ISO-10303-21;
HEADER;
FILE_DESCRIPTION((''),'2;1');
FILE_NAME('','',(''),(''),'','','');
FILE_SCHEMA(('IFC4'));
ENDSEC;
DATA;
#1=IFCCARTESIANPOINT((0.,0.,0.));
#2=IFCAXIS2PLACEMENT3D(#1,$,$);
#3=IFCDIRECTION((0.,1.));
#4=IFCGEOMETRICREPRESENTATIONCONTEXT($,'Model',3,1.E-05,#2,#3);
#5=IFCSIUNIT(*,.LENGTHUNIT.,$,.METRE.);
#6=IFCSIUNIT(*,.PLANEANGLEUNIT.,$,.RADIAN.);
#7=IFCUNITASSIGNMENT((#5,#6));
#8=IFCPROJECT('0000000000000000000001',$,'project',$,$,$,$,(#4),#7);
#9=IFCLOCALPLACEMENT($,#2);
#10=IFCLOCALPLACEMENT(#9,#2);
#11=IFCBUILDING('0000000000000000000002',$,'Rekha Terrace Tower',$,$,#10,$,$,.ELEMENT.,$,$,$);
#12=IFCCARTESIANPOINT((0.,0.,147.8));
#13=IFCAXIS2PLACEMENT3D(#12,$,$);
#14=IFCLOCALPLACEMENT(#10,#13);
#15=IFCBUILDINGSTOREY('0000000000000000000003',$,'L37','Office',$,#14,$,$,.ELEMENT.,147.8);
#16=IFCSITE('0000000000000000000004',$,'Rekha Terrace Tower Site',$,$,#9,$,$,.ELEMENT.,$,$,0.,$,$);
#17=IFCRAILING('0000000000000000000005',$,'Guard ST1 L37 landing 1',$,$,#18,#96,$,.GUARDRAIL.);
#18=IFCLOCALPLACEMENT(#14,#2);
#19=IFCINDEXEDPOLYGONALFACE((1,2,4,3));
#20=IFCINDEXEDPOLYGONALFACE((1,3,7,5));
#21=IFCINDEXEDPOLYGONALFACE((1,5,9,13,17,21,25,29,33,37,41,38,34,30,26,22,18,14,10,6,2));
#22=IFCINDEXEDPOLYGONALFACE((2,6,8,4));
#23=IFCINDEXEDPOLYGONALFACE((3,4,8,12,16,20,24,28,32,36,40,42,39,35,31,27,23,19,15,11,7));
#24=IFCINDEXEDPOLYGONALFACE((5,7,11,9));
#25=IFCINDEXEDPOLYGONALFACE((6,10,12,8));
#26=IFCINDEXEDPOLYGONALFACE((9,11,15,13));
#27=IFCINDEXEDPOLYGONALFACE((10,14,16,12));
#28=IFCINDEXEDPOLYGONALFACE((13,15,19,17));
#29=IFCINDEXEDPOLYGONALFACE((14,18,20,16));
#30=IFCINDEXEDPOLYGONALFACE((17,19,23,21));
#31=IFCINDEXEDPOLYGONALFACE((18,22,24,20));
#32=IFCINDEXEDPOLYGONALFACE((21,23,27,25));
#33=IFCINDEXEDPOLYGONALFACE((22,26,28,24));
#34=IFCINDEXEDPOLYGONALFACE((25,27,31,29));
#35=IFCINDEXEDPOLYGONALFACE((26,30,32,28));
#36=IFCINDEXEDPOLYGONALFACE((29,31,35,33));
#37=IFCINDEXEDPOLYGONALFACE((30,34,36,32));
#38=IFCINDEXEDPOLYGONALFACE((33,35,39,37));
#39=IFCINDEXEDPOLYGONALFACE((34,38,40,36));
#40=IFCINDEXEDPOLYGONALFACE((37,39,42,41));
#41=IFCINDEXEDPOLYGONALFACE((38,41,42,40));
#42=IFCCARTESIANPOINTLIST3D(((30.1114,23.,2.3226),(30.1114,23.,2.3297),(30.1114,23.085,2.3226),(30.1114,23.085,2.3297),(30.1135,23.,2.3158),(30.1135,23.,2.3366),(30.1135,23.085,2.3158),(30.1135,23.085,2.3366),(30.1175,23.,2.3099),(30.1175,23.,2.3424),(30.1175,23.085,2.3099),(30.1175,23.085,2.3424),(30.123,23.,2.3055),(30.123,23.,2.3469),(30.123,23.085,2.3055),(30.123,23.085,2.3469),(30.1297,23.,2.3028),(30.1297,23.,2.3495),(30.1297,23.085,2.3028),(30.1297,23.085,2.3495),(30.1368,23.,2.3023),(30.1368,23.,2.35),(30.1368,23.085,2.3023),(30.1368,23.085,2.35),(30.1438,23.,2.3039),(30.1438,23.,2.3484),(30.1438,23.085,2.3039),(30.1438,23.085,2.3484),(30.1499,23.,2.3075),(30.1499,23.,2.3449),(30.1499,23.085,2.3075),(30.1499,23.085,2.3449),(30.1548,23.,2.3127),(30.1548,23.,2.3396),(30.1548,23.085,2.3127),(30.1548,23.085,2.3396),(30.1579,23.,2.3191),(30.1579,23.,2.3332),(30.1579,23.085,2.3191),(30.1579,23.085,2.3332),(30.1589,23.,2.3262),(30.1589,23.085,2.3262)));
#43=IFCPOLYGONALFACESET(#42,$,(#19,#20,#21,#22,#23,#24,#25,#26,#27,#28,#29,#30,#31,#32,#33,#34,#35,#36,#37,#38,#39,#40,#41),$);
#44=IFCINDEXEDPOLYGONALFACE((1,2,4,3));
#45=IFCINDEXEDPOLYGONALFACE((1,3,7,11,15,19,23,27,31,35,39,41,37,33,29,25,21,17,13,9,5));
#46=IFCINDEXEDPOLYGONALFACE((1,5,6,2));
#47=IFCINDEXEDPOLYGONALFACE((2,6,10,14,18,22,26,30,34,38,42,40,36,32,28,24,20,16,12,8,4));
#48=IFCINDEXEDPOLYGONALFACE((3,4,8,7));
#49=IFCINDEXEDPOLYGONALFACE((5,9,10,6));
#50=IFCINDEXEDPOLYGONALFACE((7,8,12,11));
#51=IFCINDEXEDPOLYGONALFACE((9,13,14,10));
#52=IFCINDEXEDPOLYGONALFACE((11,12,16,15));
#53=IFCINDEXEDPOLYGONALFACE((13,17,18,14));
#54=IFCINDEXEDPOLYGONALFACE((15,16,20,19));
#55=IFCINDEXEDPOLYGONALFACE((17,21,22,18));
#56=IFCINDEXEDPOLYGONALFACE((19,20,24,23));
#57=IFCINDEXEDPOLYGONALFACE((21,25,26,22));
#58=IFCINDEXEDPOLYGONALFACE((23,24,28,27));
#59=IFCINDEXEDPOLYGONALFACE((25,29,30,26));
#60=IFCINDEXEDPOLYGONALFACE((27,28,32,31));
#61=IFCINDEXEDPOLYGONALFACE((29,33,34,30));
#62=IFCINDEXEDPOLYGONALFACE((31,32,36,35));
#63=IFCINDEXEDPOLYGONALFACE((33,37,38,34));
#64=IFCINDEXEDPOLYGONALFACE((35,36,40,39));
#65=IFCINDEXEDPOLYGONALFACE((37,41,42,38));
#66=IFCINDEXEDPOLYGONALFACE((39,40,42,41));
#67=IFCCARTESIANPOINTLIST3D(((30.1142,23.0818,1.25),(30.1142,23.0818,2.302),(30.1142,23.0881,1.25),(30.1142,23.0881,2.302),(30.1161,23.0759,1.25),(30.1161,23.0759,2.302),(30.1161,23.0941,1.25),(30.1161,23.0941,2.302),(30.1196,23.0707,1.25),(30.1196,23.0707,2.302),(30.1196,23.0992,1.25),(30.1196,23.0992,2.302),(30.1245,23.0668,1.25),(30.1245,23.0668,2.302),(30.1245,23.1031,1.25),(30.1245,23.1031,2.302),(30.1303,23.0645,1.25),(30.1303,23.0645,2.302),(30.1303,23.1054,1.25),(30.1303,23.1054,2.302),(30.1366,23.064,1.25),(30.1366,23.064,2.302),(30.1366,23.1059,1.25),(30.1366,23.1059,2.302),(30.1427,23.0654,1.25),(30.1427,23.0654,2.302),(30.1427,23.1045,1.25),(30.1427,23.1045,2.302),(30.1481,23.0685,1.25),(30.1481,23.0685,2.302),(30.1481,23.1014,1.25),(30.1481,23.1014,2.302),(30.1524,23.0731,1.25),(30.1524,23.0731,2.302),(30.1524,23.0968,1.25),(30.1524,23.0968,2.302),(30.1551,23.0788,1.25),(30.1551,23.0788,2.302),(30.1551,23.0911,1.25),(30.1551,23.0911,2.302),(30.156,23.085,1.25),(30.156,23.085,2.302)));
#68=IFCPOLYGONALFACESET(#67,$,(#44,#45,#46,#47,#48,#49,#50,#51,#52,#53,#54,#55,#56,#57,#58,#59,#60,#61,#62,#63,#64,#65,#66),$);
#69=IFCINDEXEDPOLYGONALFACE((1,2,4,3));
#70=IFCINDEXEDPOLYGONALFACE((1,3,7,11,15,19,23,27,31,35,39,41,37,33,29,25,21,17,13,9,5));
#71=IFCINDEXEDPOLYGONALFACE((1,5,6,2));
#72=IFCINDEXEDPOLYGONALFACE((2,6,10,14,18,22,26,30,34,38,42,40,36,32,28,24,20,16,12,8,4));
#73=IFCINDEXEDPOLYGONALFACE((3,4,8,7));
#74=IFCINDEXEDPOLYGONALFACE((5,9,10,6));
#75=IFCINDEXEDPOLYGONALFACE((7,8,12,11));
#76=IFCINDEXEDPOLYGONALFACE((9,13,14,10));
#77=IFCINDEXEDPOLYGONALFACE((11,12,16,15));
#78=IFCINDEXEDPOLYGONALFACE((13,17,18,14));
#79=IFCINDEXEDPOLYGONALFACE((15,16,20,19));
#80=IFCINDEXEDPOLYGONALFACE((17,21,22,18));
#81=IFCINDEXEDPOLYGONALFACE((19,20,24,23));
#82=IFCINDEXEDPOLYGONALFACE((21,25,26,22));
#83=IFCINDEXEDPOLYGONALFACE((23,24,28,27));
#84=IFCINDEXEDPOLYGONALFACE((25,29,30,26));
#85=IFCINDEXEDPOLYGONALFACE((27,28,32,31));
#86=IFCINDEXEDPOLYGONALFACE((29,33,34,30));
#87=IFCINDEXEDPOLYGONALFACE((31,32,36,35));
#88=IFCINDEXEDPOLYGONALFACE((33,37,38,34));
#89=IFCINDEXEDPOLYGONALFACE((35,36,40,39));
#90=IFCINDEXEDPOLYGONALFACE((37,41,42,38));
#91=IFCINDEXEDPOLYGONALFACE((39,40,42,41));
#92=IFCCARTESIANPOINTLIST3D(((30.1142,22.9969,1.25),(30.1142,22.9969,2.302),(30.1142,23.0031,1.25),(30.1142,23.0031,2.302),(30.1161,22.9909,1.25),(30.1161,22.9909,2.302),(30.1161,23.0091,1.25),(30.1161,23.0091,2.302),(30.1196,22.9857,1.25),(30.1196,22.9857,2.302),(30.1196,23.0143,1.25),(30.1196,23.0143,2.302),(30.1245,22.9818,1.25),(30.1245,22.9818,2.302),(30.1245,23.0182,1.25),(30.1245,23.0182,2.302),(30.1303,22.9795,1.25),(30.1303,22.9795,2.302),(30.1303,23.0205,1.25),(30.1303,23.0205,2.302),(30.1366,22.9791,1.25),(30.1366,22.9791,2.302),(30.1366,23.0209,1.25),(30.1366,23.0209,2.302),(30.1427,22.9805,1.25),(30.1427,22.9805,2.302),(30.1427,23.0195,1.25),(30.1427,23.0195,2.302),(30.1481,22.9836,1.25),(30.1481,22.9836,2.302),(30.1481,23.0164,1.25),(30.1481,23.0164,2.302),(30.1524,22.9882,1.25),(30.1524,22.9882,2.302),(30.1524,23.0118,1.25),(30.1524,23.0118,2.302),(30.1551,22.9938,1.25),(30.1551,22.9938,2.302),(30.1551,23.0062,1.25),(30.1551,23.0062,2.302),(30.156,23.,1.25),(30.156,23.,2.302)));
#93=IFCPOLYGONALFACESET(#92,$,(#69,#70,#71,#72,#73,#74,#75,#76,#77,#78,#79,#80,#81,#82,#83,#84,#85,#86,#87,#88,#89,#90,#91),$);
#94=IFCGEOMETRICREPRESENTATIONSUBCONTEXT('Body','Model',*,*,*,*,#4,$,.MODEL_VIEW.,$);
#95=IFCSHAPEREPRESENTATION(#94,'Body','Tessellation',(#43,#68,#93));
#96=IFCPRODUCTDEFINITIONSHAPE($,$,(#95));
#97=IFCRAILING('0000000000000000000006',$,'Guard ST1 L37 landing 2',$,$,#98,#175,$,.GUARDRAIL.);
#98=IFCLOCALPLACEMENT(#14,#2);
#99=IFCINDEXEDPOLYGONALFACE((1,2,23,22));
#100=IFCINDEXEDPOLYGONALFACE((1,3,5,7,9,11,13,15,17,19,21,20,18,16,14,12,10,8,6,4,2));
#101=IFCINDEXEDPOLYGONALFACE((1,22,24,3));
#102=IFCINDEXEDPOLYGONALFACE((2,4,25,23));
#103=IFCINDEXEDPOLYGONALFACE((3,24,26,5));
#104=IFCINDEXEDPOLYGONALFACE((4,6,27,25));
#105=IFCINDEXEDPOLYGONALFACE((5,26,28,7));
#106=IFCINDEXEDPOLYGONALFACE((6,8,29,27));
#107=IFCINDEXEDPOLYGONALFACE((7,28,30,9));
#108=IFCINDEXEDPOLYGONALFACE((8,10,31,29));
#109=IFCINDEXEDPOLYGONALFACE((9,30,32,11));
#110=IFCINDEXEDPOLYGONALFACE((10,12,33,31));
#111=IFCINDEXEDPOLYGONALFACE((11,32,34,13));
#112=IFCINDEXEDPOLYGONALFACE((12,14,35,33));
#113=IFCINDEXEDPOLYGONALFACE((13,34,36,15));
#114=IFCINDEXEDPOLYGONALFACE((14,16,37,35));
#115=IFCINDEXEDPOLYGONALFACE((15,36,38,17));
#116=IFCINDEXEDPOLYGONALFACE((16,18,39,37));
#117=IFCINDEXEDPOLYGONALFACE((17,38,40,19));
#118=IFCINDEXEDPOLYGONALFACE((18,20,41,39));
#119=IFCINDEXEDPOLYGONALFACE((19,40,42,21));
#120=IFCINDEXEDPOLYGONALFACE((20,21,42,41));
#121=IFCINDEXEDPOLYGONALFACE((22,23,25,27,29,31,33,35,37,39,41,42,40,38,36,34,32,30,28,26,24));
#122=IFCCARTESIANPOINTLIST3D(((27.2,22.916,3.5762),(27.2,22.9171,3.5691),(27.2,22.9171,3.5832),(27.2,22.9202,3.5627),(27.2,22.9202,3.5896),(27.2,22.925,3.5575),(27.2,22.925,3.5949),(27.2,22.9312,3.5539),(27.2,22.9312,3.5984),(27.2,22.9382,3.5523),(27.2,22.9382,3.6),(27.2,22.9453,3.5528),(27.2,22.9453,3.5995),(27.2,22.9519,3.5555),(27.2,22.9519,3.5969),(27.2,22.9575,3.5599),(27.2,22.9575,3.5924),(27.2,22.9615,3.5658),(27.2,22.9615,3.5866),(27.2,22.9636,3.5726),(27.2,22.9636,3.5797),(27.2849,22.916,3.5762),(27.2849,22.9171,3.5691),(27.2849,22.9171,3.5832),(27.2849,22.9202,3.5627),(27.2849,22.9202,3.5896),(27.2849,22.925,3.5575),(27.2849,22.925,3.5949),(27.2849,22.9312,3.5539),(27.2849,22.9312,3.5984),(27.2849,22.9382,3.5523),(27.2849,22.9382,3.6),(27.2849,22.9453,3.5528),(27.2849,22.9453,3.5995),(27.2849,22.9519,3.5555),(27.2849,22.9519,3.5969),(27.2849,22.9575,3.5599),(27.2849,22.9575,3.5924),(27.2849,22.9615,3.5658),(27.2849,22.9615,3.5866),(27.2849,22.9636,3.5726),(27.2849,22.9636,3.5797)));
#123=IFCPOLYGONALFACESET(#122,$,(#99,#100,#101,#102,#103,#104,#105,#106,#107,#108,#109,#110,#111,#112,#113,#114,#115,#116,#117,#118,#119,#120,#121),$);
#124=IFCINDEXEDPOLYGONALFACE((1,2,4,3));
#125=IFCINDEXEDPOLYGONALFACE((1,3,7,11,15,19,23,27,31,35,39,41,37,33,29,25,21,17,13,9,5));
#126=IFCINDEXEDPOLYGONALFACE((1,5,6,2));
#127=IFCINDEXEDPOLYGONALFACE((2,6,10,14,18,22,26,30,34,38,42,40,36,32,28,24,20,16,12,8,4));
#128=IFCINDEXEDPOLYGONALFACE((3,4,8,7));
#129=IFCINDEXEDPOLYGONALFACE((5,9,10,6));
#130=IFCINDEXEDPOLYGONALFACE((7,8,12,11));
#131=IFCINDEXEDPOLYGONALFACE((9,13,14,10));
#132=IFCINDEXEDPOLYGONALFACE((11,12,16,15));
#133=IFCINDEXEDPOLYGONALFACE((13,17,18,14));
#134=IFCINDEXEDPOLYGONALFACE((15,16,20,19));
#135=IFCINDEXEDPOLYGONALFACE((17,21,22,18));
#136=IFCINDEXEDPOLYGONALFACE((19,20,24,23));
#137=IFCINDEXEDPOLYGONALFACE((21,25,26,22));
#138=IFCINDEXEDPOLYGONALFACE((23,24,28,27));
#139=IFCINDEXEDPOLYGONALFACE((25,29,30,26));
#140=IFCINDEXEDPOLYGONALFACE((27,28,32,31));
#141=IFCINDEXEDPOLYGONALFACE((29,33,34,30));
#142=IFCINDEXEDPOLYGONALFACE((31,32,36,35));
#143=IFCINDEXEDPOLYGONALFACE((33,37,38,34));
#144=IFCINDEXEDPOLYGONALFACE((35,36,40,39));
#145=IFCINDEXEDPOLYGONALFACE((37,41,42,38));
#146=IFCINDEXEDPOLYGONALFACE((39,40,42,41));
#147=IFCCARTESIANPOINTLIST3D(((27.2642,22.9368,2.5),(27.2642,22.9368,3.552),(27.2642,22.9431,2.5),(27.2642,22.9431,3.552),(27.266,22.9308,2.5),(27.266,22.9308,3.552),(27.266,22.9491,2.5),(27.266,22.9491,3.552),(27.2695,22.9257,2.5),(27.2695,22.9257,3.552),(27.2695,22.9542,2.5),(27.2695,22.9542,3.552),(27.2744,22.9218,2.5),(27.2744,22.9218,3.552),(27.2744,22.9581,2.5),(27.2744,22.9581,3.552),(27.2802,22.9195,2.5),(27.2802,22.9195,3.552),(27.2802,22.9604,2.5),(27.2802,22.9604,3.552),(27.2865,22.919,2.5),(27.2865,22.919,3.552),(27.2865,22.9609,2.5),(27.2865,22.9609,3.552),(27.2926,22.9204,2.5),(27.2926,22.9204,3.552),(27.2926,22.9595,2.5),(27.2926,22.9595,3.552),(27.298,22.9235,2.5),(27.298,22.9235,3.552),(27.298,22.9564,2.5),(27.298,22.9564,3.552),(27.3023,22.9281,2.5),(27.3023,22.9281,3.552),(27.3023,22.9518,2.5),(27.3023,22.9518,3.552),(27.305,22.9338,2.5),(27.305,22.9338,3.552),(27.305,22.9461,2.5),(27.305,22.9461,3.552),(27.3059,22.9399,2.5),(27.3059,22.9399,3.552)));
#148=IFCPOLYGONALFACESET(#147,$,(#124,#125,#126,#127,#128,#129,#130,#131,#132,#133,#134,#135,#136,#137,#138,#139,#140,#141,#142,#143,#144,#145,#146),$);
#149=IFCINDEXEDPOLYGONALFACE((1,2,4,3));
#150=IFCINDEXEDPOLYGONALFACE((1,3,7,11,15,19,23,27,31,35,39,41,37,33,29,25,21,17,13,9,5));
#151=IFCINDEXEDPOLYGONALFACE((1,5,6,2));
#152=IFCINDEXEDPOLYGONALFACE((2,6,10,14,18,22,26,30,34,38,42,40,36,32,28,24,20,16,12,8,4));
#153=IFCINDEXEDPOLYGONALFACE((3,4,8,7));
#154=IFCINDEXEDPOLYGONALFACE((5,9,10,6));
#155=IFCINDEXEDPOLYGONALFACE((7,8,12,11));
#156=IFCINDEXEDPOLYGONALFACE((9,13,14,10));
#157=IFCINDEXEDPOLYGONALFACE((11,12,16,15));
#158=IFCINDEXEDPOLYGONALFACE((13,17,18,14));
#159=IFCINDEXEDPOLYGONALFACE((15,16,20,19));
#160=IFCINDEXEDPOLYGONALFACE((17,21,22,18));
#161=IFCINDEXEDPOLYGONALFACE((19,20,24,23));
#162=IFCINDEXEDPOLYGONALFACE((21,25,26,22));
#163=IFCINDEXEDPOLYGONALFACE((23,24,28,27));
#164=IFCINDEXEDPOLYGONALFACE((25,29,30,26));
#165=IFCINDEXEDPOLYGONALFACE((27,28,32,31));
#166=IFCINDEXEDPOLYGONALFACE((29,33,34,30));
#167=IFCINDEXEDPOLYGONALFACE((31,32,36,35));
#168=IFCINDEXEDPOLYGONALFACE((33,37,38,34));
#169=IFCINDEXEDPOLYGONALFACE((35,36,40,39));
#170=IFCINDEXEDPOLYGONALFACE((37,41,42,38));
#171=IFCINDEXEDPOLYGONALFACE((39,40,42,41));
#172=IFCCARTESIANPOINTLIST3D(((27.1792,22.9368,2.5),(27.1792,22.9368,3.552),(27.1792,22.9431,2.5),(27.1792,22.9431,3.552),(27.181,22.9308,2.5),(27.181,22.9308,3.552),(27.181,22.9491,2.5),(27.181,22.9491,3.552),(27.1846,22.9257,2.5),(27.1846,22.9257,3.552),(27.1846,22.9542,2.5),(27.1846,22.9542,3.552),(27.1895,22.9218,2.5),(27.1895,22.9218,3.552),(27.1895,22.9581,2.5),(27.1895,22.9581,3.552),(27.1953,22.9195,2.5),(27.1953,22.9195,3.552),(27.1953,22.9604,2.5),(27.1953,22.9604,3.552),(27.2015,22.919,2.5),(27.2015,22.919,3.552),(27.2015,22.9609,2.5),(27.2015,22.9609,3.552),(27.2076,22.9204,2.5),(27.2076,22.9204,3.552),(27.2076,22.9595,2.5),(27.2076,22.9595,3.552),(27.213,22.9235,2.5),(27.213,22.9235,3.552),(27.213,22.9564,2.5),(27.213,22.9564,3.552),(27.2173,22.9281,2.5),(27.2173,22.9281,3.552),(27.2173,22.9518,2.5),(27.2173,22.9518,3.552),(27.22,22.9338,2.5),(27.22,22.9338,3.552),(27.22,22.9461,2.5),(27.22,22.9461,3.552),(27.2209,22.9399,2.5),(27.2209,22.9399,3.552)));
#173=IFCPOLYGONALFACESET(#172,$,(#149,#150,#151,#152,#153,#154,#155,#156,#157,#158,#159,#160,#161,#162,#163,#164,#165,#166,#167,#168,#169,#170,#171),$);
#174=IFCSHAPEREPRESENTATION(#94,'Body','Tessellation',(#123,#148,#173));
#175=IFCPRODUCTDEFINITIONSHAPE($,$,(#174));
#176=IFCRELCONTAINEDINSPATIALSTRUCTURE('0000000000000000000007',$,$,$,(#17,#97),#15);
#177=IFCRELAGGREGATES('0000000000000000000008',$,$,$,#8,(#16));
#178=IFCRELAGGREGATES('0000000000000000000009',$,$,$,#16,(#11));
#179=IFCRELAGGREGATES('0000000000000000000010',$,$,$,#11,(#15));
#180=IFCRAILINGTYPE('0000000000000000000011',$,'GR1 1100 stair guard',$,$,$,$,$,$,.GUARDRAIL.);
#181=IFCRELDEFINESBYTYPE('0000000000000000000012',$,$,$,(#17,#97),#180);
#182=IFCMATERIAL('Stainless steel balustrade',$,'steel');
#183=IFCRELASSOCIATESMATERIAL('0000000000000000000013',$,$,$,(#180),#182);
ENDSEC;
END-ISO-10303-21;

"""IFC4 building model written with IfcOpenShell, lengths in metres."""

from ifc_helpers import new_model, si_unit, direction, frame, origin, origin_2d, place, context, subcontext, project, spatial, circle, extrude, material, type_object, element, save


model = new_model("IFC4")

# Units and contexts
model_context = context("Model", 3, precision=1e-05, world=origin(), true_north=direction((0.0, 1.0)))
body_context = subcontext(model_context, "Body", "Model", "MODEL_VIEW")
ifc_project = project(units=[si_unit("LENGTHUNIT", "METRE"), si_unit("PLANEANGLEUNIT", "RADIAN")], contexts=[model_context])

# Site, building, storey
site_placement = place(None, origin())
site = spatial("IfcSite", under=ifc_project, at=site_placement, Name="Rekha Terrace Tower Site", CompositionType="ELEMENT", RefElevation=0.0)
building_placement = place(site_placement, origin())
building = spatial("IfcBuilding", under=site, at=building_placement, Name="Rekha Terrace Tower", CompositionType="ELEMENT")
storey_placement = place(building_placement, frame((0.0, 0.0, 147.8)))
storey = spatial("IfcBuildingStorey", under=building, at=storey_placement, Name="L37", Description="Office", CompositionType="ELEMENT", Elevation=147.8)

# Railings
ifc_material_1 = material(Name="Stainless steel balustrade", Category="steel")
railing_type_1 = type_object("IfcRailingType", Name="GR1 1100 stair guard", PredefinedType="GUARDRAIL", material=ifc_material_1)
railing_1_placement = place(storey_placement, frame((30.135, 23.085, 1.25)))
element("IfcRailing", 1, at=railing_1_placement, inside=storey, type_object=railing_type_1, Name="Guard ST1 L37 landing 1", PredefinedType="GUARDRAIL", context=body_context, shape_type="SweptSolid", body=[
    extrude(circle(Radius=0.0239, at=origin_2d()), frame((0.0, 0.0, 1.0762), z_axis=(0.0, -1.0, 0.0), x_axis=(1.0, 0.0, 0.0)), (0.0, 0.0, 1.0), 0.085),
    extrude(circle(Radius=0.021, at=origin_2d()), origin(), (0.0, 0.0, 1.0), 1.052),
    extrude(circle(Radius=0.021, at=origin_2d()), frame((0.0, -0.085, 0.0)), (0.0, 0.0, 1.0), 1.052),
])
railing_2_placement = place(storey_placement, frame((27.2849, 22.9399, 2.5)))
element("IfcRailing", 2, at=railing_2_placement, inside=storey, type_object=railing_type_1, Name="Guard ST1 L37 landing 2", PredefinedType="GUARDRAIL", context=body_context, shape_type="SweptSolid", body=[
    extrude(circle(Radius=0.0239, at=origin_2d()), frame((0.0, 0.0, 1.0762), z_axis=(-1.0, 0.0, 0.0), x_axis=(0.0, -1.0, 0.0)), (0.0, 0.0, 1.0), 0.085),
    extrude(circle(Radius=0.021, at=origin_2d()), origin(), (0.0, 0.0, 1.0), 1.052),
    extrude(circle(Radius=0.021, at=origin_2d()), frame((-0.085, 0.0, 0.0)), (0.0, 0.0, 1.0), 1.052),
])

save(model, "model.ifc")
